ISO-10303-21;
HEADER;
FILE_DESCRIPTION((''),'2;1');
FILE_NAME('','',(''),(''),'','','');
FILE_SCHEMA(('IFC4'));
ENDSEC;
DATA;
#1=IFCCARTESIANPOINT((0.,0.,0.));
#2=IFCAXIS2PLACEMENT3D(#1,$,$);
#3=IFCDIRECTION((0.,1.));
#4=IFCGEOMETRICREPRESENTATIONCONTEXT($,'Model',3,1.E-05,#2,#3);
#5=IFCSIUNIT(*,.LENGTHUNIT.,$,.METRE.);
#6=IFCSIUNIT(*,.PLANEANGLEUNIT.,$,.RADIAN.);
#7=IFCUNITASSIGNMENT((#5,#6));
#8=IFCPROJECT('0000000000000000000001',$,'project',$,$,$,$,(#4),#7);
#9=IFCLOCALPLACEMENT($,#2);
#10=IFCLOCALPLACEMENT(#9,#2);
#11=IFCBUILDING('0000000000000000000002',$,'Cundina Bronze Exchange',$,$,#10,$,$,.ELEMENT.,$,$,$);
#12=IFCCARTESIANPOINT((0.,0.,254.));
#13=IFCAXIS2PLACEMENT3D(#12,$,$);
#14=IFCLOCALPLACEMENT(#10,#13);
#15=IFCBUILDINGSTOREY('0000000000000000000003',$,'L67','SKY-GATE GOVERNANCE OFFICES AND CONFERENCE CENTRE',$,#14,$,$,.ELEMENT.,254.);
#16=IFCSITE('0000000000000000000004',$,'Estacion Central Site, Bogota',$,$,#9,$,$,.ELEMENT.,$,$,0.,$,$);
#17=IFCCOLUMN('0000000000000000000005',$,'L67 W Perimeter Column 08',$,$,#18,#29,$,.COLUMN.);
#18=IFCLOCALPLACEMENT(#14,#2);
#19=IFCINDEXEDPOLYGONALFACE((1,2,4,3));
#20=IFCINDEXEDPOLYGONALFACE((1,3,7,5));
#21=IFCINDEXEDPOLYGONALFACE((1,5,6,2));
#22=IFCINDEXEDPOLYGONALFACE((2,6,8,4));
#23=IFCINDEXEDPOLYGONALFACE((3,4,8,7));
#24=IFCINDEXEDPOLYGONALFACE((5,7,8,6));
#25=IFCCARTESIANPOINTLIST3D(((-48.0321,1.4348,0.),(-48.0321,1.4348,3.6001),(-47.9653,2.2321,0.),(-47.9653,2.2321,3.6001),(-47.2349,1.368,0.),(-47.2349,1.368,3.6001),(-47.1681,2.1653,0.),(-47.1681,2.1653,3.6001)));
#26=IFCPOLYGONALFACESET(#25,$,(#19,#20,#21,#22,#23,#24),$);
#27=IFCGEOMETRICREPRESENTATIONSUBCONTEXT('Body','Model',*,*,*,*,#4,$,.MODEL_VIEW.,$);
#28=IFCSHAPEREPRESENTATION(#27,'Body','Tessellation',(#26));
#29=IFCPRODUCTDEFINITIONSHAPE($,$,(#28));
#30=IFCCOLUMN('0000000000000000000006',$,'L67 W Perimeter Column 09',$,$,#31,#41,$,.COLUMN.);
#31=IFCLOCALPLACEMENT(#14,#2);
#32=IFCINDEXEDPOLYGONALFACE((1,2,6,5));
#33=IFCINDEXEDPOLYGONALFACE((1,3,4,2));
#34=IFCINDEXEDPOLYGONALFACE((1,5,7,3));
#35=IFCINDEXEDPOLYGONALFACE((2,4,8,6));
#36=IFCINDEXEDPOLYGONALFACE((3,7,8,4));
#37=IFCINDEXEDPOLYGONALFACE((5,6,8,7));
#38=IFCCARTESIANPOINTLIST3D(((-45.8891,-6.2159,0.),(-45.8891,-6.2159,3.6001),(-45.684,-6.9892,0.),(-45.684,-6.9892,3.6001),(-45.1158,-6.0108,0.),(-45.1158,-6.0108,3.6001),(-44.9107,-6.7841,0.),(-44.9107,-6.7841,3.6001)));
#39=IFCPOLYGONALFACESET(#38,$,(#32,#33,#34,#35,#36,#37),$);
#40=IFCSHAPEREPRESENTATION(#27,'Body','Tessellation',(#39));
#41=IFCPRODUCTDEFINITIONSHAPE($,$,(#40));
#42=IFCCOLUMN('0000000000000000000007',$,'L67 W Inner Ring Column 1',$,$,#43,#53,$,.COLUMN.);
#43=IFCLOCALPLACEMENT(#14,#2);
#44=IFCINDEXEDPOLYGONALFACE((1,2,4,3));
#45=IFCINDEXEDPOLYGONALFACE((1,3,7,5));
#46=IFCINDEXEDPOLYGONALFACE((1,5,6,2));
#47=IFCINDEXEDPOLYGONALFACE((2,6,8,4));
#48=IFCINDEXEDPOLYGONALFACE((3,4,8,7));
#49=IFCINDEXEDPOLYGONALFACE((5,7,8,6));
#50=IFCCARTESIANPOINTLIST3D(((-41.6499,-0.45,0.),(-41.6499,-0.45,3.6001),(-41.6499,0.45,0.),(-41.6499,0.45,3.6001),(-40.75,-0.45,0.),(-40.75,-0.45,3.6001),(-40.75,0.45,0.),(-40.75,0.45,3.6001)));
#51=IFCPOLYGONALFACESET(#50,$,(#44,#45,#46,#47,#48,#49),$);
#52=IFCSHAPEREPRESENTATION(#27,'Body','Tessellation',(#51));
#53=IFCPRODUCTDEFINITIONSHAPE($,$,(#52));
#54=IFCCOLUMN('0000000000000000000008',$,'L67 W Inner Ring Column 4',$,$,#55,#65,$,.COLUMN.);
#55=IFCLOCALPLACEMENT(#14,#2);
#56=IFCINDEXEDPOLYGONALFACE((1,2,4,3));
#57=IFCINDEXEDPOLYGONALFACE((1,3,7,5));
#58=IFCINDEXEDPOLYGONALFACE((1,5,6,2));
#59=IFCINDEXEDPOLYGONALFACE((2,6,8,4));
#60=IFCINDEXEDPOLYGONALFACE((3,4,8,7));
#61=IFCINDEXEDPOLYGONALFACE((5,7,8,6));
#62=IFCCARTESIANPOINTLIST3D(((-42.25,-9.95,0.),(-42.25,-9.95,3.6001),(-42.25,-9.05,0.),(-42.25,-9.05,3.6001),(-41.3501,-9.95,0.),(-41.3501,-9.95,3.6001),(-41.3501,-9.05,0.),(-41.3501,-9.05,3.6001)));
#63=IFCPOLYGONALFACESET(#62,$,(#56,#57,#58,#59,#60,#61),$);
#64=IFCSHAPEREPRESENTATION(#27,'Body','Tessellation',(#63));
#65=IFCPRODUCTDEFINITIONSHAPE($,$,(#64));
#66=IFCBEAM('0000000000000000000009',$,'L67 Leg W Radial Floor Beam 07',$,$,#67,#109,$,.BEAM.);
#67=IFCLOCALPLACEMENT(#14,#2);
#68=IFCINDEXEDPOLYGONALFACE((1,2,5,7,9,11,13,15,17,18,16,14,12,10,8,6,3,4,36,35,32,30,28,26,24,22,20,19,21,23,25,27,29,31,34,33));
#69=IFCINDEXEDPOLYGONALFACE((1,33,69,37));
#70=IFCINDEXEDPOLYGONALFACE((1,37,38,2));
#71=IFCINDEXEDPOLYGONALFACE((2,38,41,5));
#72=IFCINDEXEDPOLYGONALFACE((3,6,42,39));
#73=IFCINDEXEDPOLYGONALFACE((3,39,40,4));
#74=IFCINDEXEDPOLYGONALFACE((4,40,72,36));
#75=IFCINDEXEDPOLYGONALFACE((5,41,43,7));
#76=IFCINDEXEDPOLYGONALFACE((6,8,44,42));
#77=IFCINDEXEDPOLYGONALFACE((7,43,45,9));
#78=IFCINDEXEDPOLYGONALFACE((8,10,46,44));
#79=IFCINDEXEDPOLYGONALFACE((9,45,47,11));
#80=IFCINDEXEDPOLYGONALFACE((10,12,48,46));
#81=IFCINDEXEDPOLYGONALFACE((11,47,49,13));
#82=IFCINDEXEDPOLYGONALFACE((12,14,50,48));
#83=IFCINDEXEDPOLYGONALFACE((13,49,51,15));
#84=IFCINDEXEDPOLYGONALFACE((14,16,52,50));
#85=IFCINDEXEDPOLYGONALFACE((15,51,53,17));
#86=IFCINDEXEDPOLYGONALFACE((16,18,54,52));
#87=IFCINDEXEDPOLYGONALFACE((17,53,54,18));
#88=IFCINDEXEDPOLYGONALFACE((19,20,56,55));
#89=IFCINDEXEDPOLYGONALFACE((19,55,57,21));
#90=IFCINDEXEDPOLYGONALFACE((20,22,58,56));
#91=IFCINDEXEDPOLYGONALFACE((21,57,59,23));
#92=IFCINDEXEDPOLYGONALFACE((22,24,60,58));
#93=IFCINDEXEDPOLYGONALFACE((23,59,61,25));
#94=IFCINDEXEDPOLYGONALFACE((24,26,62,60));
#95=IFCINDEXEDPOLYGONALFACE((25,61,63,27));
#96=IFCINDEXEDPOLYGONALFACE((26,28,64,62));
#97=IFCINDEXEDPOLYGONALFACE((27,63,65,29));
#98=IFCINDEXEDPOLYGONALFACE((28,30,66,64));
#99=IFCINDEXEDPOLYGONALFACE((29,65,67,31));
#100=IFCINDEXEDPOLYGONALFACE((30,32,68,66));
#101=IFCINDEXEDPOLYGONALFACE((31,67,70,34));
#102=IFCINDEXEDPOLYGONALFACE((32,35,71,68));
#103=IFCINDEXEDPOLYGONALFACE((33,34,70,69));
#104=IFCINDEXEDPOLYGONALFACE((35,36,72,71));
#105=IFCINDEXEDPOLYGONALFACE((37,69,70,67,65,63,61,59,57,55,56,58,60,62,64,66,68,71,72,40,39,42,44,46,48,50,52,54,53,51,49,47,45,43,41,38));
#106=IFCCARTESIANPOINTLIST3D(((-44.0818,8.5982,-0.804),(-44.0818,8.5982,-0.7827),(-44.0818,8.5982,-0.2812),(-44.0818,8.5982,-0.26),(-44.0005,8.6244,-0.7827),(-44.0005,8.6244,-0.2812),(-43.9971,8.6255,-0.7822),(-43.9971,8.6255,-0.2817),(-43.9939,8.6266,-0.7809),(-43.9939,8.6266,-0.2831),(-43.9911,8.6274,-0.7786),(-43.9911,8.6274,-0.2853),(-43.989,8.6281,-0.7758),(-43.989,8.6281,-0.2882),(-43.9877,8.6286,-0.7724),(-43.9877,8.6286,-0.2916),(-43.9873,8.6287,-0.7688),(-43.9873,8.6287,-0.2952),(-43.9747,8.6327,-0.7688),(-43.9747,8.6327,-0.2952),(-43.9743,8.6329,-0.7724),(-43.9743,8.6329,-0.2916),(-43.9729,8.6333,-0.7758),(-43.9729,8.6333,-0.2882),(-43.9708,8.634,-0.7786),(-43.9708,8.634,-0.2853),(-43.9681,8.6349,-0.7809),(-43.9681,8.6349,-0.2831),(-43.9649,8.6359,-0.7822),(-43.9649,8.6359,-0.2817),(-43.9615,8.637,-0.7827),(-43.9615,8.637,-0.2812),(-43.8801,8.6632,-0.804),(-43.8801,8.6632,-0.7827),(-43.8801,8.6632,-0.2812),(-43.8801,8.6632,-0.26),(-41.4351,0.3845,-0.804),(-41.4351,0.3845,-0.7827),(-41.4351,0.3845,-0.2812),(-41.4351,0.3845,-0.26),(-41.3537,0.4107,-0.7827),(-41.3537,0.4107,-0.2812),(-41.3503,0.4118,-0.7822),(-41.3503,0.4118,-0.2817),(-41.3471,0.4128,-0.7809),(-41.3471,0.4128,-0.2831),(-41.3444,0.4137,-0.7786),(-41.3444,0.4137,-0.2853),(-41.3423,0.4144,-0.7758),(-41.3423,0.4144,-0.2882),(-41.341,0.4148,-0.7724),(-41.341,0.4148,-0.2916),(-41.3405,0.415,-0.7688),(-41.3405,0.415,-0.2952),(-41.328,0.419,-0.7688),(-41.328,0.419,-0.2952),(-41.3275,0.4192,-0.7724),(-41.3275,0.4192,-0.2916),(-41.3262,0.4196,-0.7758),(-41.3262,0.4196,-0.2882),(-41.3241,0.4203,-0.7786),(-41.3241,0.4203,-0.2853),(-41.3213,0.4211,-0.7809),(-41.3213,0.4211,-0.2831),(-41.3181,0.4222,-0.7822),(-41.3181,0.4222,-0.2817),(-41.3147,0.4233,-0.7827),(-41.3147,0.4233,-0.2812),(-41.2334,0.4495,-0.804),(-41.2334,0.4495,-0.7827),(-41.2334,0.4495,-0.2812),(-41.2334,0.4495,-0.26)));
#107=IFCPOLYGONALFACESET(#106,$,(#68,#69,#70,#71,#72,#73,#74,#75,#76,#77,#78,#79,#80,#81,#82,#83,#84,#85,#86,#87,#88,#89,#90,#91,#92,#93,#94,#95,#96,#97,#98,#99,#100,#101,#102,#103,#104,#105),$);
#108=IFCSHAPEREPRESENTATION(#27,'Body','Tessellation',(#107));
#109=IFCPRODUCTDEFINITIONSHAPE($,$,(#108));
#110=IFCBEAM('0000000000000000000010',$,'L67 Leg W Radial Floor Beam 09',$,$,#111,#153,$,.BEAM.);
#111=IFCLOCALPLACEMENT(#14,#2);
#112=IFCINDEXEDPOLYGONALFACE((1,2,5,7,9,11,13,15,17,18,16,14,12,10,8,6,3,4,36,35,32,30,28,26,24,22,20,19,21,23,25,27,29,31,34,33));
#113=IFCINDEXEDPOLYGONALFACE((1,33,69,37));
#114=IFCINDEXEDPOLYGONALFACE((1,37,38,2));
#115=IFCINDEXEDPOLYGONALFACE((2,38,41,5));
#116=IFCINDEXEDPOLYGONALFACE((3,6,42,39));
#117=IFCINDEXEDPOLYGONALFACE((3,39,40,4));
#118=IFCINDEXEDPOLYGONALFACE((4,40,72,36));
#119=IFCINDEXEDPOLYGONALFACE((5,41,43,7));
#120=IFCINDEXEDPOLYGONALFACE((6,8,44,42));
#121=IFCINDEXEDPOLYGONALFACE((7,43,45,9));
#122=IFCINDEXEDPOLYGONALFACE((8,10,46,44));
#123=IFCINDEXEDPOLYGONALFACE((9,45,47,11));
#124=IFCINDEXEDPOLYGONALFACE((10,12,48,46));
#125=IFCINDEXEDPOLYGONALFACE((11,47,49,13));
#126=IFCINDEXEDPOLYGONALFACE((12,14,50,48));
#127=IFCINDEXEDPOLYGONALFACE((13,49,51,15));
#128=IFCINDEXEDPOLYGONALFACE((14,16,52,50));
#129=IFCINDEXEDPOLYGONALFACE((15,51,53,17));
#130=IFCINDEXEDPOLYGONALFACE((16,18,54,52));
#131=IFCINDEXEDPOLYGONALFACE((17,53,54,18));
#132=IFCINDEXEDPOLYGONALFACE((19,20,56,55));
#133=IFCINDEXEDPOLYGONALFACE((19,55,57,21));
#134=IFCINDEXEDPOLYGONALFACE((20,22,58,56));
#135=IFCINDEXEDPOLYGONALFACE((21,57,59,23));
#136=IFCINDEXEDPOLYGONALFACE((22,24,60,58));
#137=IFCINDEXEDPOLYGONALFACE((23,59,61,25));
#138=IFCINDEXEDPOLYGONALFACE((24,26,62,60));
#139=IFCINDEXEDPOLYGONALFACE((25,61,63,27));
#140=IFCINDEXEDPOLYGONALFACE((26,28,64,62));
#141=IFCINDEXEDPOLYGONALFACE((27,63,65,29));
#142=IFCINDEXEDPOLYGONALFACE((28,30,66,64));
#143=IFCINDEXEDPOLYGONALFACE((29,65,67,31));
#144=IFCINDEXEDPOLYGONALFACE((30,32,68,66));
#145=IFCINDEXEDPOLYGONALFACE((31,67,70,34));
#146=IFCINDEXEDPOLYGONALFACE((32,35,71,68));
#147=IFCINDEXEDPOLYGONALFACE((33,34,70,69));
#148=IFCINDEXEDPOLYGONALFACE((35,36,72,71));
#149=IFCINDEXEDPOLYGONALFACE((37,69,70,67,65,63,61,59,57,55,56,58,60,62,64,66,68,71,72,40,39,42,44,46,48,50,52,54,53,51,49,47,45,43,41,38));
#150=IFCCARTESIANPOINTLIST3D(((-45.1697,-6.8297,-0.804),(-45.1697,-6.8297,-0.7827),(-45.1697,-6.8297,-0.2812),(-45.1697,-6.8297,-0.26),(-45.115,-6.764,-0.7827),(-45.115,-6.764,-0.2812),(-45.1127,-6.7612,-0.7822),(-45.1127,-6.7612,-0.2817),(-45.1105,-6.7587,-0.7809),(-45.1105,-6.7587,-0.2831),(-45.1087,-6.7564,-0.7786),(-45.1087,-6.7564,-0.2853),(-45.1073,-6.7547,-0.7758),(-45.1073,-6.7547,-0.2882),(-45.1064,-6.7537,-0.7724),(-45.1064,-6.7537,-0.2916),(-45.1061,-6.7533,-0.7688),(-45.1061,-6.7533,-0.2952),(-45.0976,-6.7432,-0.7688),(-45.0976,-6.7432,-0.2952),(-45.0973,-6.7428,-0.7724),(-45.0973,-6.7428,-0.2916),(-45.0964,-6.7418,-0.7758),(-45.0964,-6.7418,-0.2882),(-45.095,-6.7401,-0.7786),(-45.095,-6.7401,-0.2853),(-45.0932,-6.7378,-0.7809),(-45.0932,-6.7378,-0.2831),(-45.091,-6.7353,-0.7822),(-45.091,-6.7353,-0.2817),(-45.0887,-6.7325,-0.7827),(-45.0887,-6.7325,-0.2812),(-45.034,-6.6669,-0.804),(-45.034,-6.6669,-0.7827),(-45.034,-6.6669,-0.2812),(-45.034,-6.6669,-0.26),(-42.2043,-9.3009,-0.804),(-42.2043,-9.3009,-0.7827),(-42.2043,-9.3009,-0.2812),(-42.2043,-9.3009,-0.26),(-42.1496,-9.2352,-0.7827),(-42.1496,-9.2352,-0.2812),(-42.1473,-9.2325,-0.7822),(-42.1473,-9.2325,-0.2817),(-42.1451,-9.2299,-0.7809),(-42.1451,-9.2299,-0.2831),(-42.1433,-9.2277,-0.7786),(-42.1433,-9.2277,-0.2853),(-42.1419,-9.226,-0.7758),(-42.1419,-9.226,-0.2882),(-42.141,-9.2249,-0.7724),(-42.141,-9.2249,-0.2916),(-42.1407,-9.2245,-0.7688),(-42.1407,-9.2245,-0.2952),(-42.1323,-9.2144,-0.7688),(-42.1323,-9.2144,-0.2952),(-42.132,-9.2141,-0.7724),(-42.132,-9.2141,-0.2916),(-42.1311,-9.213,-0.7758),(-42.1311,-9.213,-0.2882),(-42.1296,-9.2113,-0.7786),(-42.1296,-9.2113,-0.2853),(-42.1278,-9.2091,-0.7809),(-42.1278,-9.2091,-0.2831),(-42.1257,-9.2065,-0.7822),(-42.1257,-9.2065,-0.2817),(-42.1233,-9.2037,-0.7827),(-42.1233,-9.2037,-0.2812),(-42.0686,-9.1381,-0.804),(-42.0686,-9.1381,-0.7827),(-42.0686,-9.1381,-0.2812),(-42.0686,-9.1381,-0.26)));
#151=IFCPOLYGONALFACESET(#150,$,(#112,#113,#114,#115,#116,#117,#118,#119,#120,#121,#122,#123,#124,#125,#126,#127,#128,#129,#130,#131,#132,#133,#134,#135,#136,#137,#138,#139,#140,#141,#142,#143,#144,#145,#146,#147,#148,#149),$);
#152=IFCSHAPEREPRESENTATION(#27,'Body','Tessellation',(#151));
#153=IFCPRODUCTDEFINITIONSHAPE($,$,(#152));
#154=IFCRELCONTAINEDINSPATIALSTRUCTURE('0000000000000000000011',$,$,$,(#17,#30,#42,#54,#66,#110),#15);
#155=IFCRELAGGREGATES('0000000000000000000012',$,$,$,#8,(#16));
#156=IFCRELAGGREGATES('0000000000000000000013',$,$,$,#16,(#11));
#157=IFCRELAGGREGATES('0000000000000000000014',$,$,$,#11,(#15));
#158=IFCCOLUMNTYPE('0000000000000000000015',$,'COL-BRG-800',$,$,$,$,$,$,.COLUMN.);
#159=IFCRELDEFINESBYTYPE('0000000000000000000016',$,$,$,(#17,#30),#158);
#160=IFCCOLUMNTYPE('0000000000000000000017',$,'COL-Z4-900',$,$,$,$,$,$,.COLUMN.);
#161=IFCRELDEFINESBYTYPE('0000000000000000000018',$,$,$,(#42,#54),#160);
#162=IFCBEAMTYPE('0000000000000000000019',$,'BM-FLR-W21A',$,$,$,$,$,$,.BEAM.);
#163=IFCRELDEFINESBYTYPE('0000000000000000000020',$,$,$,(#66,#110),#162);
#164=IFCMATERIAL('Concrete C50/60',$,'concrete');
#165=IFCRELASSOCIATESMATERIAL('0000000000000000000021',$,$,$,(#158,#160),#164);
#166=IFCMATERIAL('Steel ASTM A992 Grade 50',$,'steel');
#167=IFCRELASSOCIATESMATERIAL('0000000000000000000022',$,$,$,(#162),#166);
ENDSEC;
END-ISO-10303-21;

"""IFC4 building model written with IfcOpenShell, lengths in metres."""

from ifc_helpers import new_model, si_unit, direction, frame, origin, origin_2d, place, context, subcontext, project, spatial, rectangle, i_section, extrude, material, material_profile, profile_set, type_object, element, save


model = new_model("IFC4")

# Units and contexts
model_context = context("Model", 3, precision=1e-05, world=origin(), true_north=direction((0.0, 1.0)))
body_context = subcontext(model_context, "Body", "Model", "MODEL_VIEW")
ifc_project = project(units=[si_unit("LENGTHUNIT", "METRE"), si_unit("PLANEANGLEUNIT", "RADIAN")], contexts=[model_context])

# Site, building, storey
site_placement = place(None, origin())
site = spatial("IfcSite", under=ifc_project, at=site_placement, Name="Estacion Central Site, Bogota", CompositionType="ELEMENT", RefElevation=0.0)
building_placement = place(site_placement, origin())
building = spatial("IfcBuilding", under=site, at=building_placement, Name="Cundina Bronze Exchange", CompositionType="ELEMENT")
storey_placement = place(building_placement, frame((0.0, 0.0, 254.0)))
storey = spatial("IfcBuildingStorey", under=building, at=storey_placement, Name="L67", Description="SKY-GATE GOVERNANCE OFFICES AND CONFERENCE CENTRE", CompositionType="ELEMENT", Elevation=254.0)

# Columns
ifc_material_1 = material(Name="Concrete C50/60", Category="concrete")
ifc_material_profile_1 = material_profile(ifc_material_1, rectangle(XDim=0.8, YDim=0.8, at=origin_2d()), Name="RC800X800", Category="concrete")
ifc_profile_set_1 = profile_set([ifc_material_profile_1], Name="Concrete C50/60")
column_type_1 = type_object("IfcColumnType", Name="COL-BRG-800", PredefinedType="COLUMN", material=ifc_profile_set_1)
for number, where, z_axis, x_axis, name in (
    (1, (-47.6001, 1.8, 0.0), (0.0, 0.0, 1.0), (-0.083504, -0.996507, 0.0), "L67 W Perimeter Column 08"),
    (2, (-45.3999, -6.5, 0.0), (0.0, 0.0, 1.0), (0.256289, -0.9666, 0.0), "L67 W Perimeter Column 09"),
):
    element("IfcColumn", number, at=place(storey_placement, frame(where, z_axis=z_axis, x_axis=x_axis)), inside=storey, type_object=column_type_1, Name=name, PredefinedType="COLUMN", context=body_context, shape_type="SweptSolid", body=[
        extrude(rectangle(XDim=0.8, YDim=0.8, at=origin_2d()), origin(), (0.0, 0.0, 1.0), 3.6001),
    ])
ifc_material_profile_2 = material_profile(ifc_material_1, rectangle(XDim=0.8999, YDim=0.8999, at=origin_2d()), Name="RC900X900", Category="concrete")
ifc_profile_set_2 = profile_set([ifc_material_profile_2], Name="Concrete C50/60")
column_type_2 = type_object("IfcColumnType", Name="COL-Z4-900", PredefinedType="COLUMN", material=ifc_profile_set_2)
for number, where, z_axis, x_axis, name in (
    (3, (-41.2, 0.0, 0.0), (0.0, 0.0, 1.0), (1.0, 0.0, 0.0), "L67 W Inner Ring Column 1"),
    (4, (-41.8, -9.5, 0.0), (0.0, 0.0, 1.0), (1.0, 0.0, 0.0), "L67 W Inner Ring Column 4"),
):
    element("IfcColumn", number, at=place(storey_placement, frame(where, z_axis=z_axis, x_axis=x_axis)), inside=storey, type_object=column_type_2, Name=name, PredefinedType="COLUMN", context=body_context, shape_type="SweptSolid", body=[
        extrude(rectangle(XDim=0.8999, YDim=0.8999, at=origin_2d()), origin(), (0.0, 0.0, 1.0), 3.6001),
    ])

# Beams
ifc_material_2 = material(Name="Steel ASTM A992 Grade 50", Category="steel")
ifc_material_profile_3 = material_profile(ifc_material_2, i_section(OverallWidth=0.2119, OverallDepth=0.5439, WebThickness=0.0132, FlangeThickness=0.0212, FilletRadius=0.0139, at=origin_2d()), Name="W21X83", Category="steel")
ifc_profile_set_3 = profile_set([ifc_material_profile_3], Name="Steel ASTM A992 Grade 50")
beam_type_1 = type_object("IfcBeamType", Name="BM-FLR-W21A", PredefinedType="BEAM", material=ifc_profile_set_3)
beam_1_placement = place(storey_placement, frame((-41.3342, 0.417, -0.532), z_axis=(-0.306706, 0.951804, 0.0), x_axis=(-0.951804, -0.306706, 0.0)))
element("IfcBeam", 5, at=beam_1_placement, inside=storey, type_object=beam_type_1, Name="L67 Leg W Radial Floor Beam 07", PredefinedType="BEAM", context=body_context, shape_type="SweptSolid", body=[
    extrude(i_section(OverallWidth=0.2119, OverallDepth=0.5439, WebThickness=0.0132, FlangeThickness=0.0212, FilletRadius=0.0139, at=origin_2d()), origin(), (0.0, 0.0, 1.0), 8.6296),
])
beam_2_placement = place(storey_placement, frame((-42.1365, -9.2195, -0.532), z_axis=(-0.768211, 0.640197, 0.0), x_axis=(-0.640197, -0.768211, 0.0)))
element("IfcBeam", 6, at=beam_2_placement, inside=storey, type_object=beam_type_1, Name="L67 Leg W Radial Floor Beam 09", PredefinedType="BEAM", context=body_context, shape_type="SweptSolid", body=[
    extrude(i_section(OverallWidth=0.2119, OverallDepth=0.5439, WebThickness=0.0132, FlangeThickness=0.0212, FilletRadius=0.0139, at=origin_2d()), origin(), (0.0, 0.0, 1.0), 3.8601),
])

save(model, "model.ifc")
